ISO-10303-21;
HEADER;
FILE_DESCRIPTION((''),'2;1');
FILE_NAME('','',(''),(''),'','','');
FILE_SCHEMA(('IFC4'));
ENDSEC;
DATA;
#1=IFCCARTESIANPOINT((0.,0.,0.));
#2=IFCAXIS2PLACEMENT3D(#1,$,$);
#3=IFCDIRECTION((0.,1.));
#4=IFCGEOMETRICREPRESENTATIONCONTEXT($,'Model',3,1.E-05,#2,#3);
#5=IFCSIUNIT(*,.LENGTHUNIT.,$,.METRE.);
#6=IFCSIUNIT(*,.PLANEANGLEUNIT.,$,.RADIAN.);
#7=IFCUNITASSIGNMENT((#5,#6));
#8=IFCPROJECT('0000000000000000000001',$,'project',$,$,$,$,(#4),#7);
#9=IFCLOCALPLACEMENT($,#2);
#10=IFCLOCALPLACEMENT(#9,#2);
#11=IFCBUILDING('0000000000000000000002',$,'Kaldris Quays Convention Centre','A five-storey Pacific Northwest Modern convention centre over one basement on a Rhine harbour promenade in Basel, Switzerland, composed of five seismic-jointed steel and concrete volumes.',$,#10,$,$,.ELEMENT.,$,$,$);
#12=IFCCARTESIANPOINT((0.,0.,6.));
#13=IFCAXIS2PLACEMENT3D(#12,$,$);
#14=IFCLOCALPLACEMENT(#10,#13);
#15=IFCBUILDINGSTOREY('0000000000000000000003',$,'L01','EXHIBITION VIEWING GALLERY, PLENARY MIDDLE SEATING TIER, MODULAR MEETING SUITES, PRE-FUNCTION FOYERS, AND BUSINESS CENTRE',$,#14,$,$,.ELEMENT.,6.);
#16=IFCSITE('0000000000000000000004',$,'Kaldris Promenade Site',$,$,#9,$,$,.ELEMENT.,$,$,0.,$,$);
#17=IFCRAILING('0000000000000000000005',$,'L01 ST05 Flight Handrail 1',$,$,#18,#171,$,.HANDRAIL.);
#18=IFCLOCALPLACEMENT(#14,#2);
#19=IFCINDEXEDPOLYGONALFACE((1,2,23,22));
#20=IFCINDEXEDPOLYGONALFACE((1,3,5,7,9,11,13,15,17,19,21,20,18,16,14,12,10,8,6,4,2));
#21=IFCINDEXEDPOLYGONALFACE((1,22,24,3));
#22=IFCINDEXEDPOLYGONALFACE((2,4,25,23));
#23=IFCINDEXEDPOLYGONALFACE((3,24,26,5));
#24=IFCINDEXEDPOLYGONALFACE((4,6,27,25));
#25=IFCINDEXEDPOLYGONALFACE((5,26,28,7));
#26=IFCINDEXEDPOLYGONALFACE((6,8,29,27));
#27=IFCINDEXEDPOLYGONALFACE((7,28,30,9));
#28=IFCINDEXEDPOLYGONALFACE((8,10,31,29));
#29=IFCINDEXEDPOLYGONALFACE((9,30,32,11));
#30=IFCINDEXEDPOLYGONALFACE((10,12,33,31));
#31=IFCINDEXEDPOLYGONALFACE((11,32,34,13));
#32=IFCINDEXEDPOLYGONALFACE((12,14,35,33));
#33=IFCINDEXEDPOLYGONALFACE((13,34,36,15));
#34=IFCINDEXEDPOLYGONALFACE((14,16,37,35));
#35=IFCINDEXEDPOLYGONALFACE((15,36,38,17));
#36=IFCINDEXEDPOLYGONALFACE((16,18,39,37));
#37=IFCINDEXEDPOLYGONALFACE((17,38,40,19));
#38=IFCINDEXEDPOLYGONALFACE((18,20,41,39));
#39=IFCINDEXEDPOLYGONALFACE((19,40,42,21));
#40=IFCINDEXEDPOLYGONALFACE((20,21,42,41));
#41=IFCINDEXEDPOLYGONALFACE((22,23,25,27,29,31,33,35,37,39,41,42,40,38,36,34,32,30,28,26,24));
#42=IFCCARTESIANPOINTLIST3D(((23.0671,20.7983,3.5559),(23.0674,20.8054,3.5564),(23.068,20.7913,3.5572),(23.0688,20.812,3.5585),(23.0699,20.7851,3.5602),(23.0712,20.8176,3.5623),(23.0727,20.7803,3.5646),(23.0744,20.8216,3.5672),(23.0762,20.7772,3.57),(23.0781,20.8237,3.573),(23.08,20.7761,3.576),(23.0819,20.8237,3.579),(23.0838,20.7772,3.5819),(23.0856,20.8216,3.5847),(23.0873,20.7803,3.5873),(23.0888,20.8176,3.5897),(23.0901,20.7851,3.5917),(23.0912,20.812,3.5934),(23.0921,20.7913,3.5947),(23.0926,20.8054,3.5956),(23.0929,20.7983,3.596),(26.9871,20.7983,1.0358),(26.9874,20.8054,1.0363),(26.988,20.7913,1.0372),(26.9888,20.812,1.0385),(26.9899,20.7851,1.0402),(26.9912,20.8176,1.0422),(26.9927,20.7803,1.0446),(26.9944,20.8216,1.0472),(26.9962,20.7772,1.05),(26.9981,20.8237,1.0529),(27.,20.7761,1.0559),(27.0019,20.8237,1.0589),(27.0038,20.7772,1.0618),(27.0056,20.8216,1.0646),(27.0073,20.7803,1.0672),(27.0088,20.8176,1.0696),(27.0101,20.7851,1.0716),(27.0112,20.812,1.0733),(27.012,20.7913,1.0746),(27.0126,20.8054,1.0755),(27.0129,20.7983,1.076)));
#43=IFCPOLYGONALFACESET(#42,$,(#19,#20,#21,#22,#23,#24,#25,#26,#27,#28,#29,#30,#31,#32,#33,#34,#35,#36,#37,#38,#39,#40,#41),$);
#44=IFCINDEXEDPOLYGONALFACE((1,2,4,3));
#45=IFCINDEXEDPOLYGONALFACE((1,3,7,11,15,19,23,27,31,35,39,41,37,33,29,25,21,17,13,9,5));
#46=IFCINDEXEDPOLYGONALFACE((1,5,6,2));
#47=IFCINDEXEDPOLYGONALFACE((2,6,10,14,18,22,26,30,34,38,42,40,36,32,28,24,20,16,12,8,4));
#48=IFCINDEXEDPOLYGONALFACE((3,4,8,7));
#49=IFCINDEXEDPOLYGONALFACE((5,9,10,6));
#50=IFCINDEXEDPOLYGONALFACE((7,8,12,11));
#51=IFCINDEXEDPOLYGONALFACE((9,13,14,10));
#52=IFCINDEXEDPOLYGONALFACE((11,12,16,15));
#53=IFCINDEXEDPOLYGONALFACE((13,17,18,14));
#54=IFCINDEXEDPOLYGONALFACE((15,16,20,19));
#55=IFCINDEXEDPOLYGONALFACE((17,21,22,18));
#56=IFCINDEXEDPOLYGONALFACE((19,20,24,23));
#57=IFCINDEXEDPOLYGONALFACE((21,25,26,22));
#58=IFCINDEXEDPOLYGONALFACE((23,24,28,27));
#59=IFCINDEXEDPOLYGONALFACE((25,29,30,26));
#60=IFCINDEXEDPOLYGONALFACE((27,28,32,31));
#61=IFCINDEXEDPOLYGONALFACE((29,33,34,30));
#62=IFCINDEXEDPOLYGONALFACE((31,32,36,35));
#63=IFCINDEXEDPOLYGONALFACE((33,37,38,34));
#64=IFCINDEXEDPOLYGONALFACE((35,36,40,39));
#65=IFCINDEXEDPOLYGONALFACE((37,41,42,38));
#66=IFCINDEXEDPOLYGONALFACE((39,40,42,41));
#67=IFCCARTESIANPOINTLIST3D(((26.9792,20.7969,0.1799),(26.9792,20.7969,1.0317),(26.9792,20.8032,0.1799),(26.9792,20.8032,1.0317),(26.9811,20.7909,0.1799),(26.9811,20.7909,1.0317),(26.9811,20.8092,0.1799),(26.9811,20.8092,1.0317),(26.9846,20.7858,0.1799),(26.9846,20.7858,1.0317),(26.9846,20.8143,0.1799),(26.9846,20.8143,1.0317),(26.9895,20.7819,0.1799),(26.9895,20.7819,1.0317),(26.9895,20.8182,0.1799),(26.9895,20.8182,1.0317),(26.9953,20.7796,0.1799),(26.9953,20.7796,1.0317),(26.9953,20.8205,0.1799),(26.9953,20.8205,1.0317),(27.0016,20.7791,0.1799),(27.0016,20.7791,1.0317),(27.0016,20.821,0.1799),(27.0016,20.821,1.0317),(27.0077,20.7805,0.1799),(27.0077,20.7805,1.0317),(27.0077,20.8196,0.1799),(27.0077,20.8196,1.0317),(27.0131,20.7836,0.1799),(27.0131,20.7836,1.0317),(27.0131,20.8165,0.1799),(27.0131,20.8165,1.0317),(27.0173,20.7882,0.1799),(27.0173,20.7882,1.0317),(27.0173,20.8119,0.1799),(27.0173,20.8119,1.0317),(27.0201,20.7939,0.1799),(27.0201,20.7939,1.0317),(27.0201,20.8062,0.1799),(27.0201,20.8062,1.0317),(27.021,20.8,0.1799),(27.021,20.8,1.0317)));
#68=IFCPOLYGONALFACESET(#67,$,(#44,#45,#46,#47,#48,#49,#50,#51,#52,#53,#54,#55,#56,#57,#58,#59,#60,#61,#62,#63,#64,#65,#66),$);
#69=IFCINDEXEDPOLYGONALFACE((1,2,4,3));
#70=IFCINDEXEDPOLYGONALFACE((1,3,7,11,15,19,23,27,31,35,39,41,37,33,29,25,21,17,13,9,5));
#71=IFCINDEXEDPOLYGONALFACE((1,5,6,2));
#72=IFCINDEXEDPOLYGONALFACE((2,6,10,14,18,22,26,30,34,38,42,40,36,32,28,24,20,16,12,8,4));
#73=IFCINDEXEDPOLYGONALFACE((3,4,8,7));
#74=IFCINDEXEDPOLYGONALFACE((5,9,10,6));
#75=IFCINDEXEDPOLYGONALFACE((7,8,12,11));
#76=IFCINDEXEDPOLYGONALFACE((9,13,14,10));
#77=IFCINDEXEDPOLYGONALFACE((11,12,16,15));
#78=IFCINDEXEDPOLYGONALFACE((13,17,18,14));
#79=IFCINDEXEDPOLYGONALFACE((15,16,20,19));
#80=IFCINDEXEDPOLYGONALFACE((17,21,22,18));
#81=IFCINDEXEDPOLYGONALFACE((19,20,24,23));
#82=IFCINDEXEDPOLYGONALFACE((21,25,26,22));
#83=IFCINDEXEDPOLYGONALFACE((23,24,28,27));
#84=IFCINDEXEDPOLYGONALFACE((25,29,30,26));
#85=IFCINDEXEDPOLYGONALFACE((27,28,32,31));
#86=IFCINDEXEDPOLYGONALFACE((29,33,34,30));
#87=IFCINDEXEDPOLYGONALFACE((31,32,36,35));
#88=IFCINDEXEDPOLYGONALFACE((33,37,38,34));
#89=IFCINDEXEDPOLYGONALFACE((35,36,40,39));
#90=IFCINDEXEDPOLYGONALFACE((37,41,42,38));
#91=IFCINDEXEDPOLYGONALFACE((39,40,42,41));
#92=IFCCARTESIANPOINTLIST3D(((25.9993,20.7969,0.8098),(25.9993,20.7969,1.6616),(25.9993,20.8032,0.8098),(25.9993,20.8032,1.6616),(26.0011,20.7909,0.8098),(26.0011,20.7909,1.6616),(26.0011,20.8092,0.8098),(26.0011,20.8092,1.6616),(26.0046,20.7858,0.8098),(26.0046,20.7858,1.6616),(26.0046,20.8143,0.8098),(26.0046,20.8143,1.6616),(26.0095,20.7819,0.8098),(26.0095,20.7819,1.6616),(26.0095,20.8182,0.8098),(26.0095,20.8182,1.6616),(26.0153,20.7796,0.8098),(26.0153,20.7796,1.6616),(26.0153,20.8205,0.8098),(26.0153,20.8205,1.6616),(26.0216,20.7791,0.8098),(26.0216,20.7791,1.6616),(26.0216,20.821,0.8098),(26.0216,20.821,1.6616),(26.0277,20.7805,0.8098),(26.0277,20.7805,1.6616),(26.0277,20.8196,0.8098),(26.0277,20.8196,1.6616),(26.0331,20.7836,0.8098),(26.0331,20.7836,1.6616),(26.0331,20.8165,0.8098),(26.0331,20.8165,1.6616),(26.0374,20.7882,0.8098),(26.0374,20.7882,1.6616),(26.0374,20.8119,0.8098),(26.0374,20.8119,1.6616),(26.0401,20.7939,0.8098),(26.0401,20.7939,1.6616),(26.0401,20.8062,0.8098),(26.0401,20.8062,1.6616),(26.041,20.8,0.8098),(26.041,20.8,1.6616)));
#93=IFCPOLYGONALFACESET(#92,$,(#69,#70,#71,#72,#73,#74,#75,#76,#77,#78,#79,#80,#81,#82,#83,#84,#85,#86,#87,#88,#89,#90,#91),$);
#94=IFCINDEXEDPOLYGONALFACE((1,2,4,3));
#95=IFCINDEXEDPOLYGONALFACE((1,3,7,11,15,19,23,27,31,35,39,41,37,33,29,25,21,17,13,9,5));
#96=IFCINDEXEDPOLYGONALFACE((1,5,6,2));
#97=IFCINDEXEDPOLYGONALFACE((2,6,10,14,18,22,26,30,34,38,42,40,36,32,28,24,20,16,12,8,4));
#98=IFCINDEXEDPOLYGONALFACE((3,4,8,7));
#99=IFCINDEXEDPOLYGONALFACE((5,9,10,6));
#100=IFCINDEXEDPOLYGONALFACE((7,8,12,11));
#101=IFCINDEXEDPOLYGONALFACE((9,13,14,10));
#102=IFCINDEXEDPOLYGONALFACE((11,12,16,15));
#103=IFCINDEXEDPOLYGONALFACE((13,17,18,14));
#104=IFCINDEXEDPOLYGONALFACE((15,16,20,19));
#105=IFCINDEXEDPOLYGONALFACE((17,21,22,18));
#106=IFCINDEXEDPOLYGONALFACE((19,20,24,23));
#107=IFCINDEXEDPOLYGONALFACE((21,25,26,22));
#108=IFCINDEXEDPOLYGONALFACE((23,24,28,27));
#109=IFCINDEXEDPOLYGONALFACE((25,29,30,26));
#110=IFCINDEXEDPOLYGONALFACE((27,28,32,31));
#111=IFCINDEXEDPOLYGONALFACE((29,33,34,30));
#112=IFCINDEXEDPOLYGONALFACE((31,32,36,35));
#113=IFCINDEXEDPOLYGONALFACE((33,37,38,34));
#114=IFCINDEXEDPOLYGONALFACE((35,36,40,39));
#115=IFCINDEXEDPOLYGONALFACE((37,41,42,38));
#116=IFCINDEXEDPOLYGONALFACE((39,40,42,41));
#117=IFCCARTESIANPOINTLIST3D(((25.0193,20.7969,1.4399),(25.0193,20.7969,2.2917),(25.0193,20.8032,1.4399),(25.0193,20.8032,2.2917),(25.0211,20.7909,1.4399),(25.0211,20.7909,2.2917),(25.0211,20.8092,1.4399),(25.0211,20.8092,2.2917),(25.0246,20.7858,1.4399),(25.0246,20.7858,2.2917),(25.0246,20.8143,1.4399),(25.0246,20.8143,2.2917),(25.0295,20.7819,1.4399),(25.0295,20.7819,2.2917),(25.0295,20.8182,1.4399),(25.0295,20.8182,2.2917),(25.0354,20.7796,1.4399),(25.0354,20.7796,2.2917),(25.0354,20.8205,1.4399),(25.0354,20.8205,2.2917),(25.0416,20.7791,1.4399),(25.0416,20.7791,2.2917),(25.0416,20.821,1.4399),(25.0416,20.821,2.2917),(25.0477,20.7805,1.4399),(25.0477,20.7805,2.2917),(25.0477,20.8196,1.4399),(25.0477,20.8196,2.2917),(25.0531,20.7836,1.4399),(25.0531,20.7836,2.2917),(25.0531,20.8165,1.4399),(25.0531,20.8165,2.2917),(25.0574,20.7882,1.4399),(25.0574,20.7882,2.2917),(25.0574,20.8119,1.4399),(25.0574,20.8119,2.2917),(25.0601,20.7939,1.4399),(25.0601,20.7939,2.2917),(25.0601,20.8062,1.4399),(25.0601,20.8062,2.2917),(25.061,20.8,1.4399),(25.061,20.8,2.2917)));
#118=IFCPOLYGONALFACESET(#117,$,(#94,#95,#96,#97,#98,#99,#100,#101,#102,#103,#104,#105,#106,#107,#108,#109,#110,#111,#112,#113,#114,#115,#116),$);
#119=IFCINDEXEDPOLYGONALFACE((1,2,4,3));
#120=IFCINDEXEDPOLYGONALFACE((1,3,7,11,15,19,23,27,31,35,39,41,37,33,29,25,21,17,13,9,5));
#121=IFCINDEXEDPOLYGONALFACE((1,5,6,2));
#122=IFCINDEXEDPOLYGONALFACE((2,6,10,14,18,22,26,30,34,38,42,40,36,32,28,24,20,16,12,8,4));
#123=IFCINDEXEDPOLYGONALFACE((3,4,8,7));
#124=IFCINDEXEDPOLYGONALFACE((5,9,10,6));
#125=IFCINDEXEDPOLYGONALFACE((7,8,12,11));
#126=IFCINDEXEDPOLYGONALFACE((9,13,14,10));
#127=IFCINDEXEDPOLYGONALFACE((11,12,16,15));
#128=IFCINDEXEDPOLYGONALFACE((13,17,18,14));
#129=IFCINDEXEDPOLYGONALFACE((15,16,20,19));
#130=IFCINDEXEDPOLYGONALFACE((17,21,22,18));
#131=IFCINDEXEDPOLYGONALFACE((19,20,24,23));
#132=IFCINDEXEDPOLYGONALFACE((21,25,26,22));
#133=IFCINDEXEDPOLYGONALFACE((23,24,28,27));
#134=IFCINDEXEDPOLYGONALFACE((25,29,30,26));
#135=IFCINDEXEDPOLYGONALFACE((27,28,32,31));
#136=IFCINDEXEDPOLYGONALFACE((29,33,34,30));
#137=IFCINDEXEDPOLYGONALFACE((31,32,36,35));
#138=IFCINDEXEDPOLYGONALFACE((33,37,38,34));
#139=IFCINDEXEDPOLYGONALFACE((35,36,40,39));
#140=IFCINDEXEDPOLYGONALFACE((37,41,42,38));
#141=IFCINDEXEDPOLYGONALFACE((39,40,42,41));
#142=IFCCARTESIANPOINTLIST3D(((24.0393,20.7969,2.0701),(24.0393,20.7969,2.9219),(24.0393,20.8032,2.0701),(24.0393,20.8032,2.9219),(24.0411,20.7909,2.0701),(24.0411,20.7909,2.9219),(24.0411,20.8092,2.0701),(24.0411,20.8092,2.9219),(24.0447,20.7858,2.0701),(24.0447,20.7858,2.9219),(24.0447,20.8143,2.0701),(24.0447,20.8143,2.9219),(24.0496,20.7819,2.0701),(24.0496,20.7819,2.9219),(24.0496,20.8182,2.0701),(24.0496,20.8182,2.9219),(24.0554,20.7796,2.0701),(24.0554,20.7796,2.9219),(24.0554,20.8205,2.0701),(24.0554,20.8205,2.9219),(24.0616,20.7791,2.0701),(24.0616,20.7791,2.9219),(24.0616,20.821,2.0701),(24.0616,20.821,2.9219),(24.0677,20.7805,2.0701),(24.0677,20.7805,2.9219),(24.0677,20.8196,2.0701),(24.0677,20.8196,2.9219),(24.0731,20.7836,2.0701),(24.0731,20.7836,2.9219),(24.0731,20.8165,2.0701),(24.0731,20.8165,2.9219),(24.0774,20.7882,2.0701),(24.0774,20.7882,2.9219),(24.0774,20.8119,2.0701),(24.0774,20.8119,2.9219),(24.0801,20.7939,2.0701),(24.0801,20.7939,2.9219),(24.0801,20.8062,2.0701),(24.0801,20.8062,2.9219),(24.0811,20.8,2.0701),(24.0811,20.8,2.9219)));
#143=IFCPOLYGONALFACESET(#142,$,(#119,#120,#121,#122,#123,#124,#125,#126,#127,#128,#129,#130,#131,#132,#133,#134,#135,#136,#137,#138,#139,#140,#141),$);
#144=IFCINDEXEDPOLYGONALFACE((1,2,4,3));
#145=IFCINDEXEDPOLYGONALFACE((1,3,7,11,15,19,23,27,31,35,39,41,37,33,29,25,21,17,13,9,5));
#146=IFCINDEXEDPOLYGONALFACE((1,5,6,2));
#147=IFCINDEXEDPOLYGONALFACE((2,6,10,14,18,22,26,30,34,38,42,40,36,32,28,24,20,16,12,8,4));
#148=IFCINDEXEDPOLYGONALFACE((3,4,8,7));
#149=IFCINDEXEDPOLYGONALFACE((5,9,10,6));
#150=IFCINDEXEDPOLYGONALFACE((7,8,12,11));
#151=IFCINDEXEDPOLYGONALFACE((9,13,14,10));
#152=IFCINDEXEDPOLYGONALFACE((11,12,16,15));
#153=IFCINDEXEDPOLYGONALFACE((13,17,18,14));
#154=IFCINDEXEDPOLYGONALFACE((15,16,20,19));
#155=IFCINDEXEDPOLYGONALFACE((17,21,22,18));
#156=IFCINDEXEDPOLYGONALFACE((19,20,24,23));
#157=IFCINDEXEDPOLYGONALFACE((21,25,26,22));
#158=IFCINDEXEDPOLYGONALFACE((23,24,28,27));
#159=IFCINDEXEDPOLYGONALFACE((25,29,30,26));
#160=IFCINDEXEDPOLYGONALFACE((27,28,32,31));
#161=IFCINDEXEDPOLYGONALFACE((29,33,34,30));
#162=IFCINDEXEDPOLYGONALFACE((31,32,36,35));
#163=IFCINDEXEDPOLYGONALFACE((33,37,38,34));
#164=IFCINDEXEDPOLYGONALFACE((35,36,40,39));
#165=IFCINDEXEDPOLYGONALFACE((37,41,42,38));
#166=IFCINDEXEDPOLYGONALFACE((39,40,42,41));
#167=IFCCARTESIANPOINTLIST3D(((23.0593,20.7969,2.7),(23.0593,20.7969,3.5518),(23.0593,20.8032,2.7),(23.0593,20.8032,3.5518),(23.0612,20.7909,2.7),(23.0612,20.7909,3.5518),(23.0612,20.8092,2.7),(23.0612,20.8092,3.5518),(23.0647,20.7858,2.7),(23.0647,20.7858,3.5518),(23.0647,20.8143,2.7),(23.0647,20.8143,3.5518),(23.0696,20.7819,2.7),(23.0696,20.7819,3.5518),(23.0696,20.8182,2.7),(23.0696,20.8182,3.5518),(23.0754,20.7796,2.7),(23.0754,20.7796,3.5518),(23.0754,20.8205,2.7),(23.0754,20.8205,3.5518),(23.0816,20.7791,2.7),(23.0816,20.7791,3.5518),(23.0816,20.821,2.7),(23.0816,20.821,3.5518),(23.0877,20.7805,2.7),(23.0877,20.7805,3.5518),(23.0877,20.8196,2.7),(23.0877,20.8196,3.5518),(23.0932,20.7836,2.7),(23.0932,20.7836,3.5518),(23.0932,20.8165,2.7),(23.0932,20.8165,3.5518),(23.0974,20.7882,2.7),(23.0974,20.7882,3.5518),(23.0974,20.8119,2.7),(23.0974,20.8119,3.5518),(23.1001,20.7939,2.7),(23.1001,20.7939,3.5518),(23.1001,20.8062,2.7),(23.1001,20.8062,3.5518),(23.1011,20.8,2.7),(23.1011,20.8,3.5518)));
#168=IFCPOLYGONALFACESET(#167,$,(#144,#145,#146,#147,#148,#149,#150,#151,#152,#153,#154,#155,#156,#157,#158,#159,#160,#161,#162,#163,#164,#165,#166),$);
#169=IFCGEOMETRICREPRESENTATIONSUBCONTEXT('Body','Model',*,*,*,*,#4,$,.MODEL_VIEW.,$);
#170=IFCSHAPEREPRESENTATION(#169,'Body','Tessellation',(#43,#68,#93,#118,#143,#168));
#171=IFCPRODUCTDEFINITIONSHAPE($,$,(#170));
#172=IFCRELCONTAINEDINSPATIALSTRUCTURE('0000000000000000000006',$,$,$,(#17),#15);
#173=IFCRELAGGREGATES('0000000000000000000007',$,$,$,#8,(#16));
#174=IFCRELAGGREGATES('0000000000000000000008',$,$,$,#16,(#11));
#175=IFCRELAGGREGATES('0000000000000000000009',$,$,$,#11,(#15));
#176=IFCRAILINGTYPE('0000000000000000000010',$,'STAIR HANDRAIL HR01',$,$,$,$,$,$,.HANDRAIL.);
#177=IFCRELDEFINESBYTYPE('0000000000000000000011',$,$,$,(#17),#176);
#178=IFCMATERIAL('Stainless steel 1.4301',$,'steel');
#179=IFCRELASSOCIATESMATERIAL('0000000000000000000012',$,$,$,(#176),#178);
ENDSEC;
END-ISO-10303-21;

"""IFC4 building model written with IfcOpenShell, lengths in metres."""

from ifc_helpers import new_model, si_unit, direction, frame, origin, origin_2d, place, context, subcontext, project, spatial, circle, extrude, material, type_object, element, save


model = new_model("IFC4")

# Units and contexts
model_context = context("Model", 3, precision=1e-05, world=origin(), true_north=direction((0.0, 1.0)))
body_context = subcontext(model_context, "Body", "Model", "MODEL_VIEW")
ifc_project = project(units=[si_unit("LENGTHUNIT", "METRE"), si_unit("PLANEANGLEUNIT", "RADIAN")], contexts=[model_context])

# Site, building, storey
site_placement = place(None, origin())
site = spatial("IfcSite", under=ifc_project, at=site_placement, Name="Kaldris Promenade Site", CompositionType="ELEMENT", RefElevation=0.0)
building_placement = place(site_placement, origin())
building = spatial("IfcBuilding", under=site, at=building_placement, Name="Kaldris Quays Convention Centre", Description="A five-storey Pacific Northwest Modern convention centre over one basement on a Rhine harbour promenade in Basel, Switzerland, composed of five seismic-jointed steel and concrete volumes.", CompositionType="ELEMENT")
storey_placement = place(building_placement, frame((0.0, 0.0, 6.0)))
storey = spatial("IfcBuildingStorey", under=building, at=storey_placement, Name="L01", Description="EXHIBITION VIEWING GALLERY, PLENARY MIDDLE SEATING TIER, MODULAR MEETING SUITES, PRE-FUNCTION FOYERS, AND BUSINESS CENTRE", CompositionType="ELEMENT", Elevation=6.0)

# Railing
ifc_material_1 = material(Name="Stainless steel 1.4301", Category="steel")
railing_type_1 = type_object("IfcRailingType", Name="STAIR HANDRAIL HR01", PredefinedType="HANDRAIL", material=ifc_material_1)
railing_1_placement = place(storey_placement, frame((27.0, 20.8, 0.1799)))
element("IfcRailing", 1, at=railing_1_placement, inside=storey, type_object=railing_type_1, Name="L01 ST05 Flight Handrail 1", PredefinedType="HANDRAIL", context=body_context, shape_type="SweptSolid", body=[
    extrude(circle(Radius=0.0239, at=origin_2d()), frame((0.0, 0.0, 0.876), z_axis=(-0.841172, 0.0, 0.540768), x_axis=(0.0, -1.0, 0.0)), (0.0, 0.0, 1.0), 4.6602),
    extrude(circle(Radius=0.021, at=origin_2d()), origin(), (0.0, 0.0, 1.0), 0.8518),
    extrude(circle(Radius=0.021, at=origin_2d()), frame((-0.98, 0.0, 0.6299)), (0.0, 0.0, 1.0), 0.8518),
    extrude(circle(Radius=0.021, at=origin_2d()), frame((-1.96, 0.0, 1.26)), (0.0, 0.0, 1.0), 0.8518),
    extrude(circle(Radius=0.021, at=origin_2d()), frame((-2.9399, 0.0, 1.8901)), (0.0, 0.0, 1.0), 0.8518),
    extrude(circle(Radius=0.021, at=origin_2d()), frame((-3.9199, 0.0, 2.52)), (0.0, 0.0, 1.0), 0.8518),
])

save(model, "model.ifc")
